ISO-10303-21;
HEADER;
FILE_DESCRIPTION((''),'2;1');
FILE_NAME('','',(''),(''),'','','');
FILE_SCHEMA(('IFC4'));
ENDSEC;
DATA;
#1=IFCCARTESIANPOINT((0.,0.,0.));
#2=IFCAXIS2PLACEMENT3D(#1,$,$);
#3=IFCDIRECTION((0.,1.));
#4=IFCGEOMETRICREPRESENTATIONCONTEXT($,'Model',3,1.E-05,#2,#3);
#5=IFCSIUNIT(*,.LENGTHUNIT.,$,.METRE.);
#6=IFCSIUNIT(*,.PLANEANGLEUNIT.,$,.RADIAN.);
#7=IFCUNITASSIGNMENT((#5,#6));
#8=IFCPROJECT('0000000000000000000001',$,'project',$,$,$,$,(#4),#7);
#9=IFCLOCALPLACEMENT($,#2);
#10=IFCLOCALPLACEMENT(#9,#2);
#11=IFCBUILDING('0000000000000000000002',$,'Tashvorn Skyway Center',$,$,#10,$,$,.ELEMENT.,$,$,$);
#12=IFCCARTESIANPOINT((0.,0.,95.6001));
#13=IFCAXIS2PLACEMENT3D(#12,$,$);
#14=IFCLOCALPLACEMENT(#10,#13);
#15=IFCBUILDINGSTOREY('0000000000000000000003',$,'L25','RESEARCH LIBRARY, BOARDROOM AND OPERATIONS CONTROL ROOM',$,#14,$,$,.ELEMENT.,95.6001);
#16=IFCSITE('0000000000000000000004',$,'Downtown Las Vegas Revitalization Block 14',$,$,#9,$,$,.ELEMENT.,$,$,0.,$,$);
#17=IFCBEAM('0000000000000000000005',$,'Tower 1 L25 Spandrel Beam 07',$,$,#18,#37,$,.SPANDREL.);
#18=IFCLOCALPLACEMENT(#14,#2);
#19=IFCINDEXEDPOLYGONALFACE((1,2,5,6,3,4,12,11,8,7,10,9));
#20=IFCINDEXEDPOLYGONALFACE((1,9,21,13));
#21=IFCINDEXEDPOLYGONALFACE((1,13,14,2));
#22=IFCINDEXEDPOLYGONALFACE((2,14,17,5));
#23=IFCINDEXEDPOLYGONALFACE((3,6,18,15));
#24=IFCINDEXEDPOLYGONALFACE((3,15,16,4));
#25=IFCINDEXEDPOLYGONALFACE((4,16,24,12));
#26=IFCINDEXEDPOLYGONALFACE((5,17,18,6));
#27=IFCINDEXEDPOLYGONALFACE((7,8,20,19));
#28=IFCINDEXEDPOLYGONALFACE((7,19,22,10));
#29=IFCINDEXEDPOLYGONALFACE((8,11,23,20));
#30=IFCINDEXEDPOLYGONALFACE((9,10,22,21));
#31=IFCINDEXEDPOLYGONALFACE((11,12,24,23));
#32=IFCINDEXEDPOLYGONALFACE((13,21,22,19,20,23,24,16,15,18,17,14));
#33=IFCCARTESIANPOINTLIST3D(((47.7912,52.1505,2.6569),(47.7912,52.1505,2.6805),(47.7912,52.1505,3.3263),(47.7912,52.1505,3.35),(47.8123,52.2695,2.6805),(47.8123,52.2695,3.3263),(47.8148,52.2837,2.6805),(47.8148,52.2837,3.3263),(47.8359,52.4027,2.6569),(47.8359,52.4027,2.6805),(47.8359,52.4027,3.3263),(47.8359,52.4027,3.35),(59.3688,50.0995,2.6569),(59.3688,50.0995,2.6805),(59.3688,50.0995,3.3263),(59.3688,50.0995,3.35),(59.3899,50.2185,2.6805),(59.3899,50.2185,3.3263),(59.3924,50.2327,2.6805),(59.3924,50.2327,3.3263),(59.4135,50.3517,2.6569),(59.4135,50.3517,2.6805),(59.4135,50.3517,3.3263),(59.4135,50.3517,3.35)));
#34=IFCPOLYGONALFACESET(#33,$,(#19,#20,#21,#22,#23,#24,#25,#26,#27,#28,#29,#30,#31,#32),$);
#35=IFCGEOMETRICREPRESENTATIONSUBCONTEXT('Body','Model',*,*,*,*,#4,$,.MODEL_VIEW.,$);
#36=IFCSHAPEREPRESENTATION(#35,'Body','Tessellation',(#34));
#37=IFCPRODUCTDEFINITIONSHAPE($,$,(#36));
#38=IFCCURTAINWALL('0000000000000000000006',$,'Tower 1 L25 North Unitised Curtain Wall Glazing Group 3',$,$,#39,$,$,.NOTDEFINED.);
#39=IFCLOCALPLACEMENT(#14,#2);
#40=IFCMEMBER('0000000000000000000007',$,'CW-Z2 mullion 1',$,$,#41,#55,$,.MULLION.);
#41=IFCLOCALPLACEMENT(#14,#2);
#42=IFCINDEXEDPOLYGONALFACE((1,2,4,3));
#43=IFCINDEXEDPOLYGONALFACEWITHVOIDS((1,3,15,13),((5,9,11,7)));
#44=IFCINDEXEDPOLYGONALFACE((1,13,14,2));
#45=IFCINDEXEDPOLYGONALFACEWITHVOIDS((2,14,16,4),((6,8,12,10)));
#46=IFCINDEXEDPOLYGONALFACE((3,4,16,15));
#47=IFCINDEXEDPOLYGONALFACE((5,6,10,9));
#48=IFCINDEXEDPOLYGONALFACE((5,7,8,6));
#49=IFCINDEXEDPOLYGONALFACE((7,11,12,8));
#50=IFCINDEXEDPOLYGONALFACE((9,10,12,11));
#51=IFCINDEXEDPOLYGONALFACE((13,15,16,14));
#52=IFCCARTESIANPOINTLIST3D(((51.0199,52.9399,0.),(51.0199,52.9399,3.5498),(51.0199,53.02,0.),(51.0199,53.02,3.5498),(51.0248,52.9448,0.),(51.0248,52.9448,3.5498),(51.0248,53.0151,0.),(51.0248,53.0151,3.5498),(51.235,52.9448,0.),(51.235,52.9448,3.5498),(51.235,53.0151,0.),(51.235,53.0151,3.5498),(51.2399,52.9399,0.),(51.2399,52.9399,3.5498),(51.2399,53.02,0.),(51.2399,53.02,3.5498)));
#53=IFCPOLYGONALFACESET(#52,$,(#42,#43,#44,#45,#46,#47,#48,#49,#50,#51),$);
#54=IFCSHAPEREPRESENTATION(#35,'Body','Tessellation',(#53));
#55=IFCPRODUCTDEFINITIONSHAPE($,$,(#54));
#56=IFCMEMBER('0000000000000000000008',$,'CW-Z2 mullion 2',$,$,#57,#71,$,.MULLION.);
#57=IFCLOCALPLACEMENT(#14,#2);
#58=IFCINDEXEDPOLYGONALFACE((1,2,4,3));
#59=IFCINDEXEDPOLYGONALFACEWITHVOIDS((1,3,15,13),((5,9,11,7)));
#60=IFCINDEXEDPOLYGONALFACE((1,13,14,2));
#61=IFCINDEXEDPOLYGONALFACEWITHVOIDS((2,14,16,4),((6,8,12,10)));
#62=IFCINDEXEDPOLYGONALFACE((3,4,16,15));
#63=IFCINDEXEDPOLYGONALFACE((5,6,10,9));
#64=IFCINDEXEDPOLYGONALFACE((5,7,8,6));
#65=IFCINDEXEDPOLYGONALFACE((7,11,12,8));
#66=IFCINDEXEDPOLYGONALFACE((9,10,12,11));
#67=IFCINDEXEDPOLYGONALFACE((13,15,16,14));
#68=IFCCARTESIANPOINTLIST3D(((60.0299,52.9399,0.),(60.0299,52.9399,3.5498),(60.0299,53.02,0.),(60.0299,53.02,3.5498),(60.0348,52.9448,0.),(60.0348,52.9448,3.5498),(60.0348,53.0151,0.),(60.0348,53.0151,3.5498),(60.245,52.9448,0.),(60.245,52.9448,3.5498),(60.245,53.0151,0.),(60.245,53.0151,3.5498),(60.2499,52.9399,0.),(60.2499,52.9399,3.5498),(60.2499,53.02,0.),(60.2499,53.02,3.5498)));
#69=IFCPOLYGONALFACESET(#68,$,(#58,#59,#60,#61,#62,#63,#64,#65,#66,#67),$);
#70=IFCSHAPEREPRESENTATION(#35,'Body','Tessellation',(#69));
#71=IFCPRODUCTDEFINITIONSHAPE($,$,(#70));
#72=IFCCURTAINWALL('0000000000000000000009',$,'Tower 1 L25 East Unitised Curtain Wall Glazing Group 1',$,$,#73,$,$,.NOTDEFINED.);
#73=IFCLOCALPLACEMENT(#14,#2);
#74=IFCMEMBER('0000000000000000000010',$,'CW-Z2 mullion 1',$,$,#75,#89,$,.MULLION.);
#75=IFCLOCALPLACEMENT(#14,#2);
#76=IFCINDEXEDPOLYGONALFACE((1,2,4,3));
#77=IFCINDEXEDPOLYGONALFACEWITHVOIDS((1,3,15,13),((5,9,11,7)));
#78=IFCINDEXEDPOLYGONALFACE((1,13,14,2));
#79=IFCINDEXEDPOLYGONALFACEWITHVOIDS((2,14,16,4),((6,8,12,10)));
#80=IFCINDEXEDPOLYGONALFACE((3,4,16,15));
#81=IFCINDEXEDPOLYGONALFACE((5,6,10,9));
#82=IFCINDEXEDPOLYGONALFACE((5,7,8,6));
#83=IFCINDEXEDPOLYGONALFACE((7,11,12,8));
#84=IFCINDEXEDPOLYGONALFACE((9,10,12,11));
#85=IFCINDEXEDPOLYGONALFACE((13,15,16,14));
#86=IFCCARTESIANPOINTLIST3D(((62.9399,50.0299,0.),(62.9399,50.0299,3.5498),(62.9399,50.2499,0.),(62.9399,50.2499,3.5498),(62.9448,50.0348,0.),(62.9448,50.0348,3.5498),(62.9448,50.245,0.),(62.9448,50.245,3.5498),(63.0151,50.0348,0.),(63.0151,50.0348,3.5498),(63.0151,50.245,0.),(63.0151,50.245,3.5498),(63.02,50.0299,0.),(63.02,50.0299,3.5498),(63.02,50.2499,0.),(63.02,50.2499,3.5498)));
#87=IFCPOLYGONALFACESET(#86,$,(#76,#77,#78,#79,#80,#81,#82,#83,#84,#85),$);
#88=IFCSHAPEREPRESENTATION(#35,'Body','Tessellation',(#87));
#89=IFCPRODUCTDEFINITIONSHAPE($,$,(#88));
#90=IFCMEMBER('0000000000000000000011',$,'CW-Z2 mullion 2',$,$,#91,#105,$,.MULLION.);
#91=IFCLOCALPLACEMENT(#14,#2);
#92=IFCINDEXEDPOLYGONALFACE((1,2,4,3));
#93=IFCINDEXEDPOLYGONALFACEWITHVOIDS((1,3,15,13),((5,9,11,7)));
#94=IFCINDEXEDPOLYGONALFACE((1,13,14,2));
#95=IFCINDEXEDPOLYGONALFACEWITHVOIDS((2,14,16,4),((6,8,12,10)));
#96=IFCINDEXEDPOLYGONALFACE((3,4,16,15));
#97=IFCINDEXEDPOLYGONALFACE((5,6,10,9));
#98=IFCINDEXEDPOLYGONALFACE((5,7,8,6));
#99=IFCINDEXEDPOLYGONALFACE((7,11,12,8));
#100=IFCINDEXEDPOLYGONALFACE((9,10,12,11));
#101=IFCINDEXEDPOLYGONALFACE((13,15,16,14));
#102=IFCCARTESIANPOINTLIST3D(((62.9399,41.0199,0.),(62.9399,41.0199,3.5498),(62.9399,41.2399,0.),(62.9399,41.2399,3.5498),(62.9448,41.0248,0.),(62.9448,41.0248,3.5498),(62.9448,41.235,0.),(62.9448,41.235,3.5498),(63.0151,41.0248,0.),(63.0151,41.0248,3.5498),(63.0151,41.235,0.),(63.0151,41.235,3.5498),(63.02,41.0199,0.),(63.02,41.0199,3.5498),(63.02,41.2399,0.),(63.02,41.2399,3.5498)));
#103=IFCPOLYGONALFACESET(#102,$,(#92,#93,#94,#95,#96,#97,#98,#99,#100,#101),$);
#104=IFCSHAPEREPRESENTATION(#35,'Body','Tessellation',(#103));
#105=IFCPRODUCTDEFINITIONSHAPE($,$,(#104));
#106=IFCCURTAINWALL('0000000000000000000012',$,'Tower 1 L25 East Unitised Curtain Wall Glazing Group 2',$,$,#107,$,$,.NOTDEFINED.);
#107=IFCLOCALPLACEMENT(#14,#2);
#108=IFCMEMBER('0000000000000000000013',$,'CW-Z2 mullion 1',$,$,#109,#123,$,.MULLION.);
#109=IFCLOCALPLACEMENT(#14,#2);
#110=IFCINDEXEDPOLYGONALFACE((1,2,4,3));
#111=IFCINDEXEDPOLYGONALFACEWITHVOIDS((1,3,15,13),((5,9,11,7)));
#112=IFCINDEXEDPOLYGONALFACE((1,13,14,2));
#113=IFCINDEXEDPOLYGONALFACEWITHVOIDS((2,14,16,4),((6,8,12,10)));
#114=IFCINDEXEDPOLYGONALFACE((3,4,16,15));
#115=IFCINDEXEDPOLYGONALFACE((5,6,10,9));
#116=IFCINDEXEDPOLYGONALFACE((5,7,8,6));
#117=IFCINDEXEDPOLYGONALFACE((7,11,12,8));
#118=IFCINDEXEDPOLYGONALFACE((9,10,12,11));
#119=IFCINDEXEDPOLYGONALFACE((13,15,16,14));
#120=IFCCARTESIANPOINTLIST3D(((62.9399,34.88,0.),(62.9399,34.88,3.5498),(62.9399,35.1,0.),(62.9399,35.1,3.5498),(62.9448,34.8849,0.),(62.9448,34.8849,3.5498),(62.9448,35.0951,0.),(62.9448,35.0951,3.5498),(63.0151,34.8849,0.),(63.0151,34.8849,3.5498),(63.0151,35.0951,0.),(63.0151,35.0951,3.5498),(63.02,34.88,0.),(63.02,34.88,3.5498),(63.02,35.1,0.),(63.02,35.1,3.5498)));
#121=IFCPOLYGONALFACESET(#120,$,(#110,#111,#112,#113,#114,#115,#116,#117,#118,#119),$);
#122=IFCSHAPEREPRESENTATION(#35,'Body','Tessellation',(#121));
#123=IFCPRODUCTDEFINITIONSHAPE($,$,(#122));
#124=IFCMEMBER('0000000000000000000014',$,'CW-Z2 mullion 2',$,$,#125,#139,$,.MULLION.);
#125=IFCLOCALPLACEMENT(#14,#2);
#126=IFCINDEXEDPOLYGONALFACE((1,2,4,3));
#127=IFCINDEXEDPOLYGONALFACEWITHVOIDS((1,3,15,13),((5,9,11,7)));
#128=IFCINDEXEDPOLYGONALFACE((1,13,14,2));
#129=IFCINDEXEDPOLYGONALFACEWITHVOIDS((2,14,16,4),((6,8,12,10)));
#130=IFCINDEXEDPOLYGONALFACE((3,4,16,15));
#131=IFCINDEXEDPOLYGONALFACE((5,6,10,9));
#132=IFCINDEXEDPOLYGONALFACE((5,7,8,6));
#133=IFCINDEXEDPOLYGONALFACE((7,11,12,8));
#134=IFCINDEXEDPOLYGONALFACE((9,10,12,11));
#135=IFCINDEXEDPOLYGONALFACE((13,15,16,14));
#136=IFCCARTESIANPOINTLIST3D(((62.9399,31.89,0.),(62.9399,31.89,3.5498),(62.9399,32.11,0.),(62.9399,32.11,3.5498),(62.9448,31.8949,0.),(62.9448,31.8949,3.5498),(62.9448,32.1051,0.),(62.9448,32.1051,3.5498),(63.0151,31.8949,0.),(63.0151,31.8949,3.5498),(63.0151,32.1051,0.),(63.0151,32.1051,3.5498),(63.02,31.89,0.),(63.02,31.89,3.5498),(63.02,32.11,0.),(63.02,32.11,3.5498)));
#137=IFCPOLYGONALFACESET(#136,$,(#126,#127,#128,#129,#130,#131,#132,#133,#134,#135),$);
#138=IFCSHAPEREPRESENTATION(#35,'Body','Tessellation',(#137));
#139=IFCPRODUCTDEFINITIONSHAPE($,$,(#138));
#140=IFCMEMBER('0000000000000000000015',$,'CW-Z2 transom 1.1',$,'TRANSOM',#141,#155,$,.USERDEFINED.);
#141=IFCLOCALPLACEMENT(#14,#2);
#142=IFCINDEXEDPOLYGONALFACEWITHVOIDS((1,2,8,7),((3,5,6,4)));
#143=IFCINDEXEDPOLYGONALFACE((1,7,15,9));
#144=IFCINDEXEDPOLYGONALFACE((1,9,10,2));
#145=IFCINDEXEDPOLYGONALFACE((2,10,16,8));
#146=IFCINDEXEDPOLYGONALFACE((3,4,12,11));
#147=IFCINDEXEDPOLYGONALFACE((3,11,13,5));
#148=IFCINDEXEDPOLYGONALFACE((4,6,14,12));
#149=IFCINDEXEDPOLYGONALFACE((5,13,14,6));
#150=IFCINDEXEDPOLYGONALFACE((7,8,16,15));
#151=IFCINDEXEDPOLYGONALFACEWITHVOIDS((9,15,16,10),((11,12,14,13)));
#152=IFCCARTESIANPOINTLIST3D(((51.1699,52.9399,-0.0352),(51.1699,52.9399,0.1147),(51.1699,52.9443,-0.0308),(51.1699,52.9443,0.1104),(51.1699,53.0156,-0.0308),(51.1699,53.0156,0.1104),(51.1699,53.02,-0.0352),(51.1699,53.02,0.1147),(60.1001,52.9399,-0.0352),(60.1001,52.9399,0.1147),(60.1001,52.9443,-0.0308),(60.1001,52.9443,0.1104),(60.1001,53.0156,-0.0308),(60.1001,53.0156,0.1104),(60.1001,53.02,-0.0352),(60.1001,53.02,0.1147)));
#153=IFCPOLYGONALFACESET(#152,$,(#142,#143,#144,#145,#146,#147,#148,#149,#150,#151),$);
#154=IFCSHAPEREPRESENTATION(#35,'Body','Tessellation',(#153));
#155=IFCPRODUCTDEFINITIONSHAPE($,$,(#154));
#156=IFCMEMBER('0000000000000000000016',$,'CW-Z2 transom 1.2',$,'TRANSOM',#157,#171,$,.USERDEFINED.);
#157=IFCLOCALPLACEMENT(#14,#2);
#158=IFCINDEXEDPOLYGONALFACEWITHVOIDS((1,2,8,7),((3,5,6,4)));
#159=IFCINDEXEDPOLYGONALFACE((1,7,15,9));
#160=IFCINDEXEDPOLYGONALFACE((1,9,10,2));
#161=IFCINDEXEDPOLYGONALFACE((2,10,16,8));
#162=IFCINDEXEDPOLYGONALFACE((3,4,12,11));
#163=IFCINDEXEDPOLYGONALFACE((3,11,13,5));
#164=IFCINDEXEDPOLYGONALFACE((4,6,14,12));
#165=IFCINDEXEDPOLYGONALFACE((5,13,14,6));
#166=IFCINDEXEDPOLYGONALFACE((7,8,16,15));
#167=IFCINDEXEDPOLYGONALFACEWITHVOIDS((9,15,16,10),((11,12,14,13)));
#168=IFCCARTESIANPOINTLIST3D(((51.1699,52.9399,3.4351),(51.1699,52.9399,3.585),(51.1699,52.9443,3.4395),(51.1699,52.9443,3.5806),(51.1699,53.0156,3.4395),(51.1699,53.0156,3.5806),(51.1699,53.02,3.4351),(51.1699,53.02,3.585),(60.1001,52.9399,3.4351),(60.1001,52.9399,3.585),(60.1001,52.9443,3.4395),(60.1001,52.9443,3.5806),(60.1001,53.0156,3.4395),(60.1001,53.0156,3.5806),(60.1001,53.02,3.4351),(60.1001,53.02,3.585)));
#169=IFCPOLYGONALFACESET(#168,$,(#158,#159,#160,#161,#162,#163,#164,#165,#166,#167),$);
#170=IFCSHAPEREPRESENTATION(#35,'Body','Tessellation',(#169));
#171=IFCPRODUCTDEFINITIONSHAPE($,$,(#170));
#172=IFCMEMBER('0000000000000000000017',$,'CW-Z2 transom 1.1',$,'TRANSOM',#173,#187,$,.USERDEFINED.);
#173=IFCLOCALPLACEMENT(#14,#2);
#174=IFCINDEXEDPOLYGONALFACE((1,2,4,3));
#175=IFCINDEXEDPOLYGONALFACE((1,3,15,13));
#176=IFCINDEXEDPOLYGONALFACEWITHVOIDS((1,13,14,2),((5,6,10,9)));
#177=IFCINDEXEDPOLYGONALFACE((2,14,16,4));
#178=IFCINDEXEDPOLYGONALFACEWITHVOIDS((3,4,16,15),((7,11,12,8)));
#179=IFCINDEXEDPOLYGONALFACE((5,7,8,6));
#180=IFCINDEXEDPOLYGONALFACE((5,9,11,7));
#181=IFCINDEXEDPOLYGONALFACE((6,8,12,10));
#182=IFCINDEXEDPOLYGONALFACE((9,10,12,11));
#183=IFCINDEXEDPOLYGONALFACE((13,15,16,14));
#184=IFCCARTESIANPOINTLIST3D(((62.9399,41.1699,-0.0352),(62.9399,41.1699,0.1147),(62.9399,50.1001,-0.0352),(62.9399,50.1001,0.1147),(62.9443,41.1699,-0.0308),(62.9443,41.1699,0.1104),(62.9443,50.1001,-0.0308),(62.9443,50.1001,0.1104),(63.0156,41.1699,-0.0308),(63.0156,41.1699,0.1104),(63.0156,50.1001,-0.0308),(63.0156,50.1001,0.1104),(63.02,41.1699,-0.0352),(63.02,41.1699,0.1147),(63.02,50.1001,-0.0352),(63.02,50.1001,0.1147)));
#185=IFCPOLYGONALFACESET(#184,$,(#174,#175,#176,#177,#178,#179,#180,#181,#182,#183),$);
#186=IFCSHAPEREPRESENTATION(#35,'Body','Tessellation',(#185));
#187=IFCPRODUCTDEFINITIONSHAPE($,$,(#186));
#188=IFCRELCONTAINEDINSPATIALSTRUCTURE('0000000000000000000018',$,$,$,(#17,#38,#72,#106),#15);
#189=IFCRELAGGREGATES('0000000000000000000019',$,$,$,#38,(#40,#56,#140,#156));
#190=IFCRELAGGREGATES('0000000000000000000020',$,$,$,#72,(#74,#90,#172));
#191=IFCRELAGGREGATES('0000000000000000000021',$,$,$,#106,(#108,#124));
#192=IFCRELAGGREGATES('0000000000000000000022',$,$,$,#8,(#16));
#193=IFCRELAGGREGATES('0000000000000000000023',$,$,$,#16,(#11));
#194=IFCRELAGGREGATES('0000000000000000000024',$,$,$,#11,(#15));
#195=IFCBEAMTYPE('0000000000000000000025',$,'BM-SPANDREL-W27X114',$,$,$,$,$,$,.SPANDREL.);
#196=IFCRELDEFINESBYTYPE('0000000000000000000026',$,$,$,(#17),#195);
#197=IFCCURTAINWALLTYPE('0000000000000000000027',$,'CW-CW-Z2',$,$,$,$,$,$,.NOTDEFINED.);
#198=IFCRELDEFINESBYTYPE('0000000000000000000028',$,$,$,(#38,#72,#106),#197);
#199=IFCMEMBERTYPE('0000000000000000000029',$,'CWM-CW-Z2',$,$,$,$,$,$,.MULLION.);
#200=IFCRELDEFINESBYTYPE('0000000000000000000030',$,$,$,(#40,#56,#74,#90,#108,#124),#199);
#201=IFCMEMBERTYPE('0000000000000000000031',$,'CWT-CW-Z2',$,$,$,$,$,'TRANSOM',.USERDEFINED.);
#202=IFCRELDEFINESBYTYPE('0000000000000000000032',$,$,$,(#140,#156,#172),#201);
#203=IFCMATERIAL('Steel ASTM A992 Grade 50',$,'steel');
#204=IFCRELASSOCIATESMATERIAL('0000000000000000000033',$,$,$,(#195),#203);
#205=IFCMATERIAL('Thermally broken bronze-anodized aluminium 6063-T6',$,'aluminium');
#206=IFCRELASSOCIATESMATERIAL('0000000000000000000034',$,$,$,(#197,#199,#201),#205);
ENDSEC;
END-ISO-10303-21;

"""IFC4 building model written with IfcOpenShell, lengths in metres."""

from ifc_helpers import new_model, si_unit, direction, frame, origin, origin_2d, place, context, subcontext, project, spatial, hollow_rectangle, i_section, extrude, material, material_profile, profile_set, type_object, element, aggregate, save


model = new_model("IFC4")

# Units and contexts
model_context = context("Model", 3, precision=1e-05, world=origin(), true_north=direction((0.0, 1.0)))
body_context = subcontext(model_context, "Body", "Model", "MODEL_VIEW")
ifc_project = project(units=[si_unit("LENGTHUNIT", "METRE"), si_unit("PLANEANGLEUNIT", "RADIAN")], contexts=[model_context])

# Site, building, storey
site_placement = place(None, origin())
site = spatial("IfcSite", under=ifc_project, at=site_placement, Name="Downtown Las Vegas Revitalization Block 14", CompositionType="ELEMENT", RefElevation=0.0)
building_placement = place(site_placement, origin())
building = spatial("IfcBuilding", under=site, at=building_placement, Name="Tashvorn Skyway Center", CompositionType="ELEMENT")
storey_placement = place(building_placement, frame((0.0, 0.0, 95.6001)))
storey = spatial("IfcBuildingStorey", under=building, at=storey_placement, Name="L25", Description="RESEARCH LIBRARY, BOARDROOM AND OPERATIONS CONTROL ROOM", CompositionType="ELEMENT", Elevation=95.6001)

# Beam
ifc_material_1 = material(Name="Steel ASTM A992 Grade 50", Category="steel")
ifc_material_profile_1 = material_profile(ifc_material_1, i_section(OverallWidth=0.2561, OverallDepth=0.6931, WebThickness=0.0144, FlangeThickness=0.0237, at=origin_2d()), Name="W27X114")
ifc_profile_set_1 = profile_set([ifc_material_profile_1], Name="Steel ASTM A992 Grade 50")
beam_type_1 = type_object("IfcBeamType", Name="BM-SPANDREL-W27X114", PredefinedType="SPANDREL", material=ifc_profile_set_1)
for number, where, z_axis, x_axis, name in (
    (1, (59.3911, 50.2256, 3.0034), (-0.984668, 0.174438, 0.0), (-0.174438, -0.984668, 0.0), "Tower 1 L25 Spandrel Beam 07"),
):
    element("IfcBeam", number, at=place(storey_placement, frame(where, z_axis=z_axis, x_axis=x_axis)), inside=storey, type_object=beam_type_1, Name=name, PredefinedType="SPANDREL", context=body_context, shape_type="SweptSolid", body=[
        extrude(i_section(OverallWidth=0.2561, OverallDepth=0.6931, WebThickness=0.0144, FlangeThickness=0.0237, at=origin_2d()), origin(), (0.0, 0.0, 1.0), 11.7578),
    ])

# Curtain walls, members
ifc_material_2 = material(Name="Thermally broken bronze-anodized aluminium 6063-T6", Category="aluminium")
curtain_wall_type = type_object("IfcCurtainWallType", Name="CW-CW-Z2", PredefinedType="NOTDEFINED", material=ifc_material_2)
curtain_wall_1_placement = place(storey_placement, origin())
curtain_wall_1 = element("IfcCurtainWall", 2, at=curtain_wall_1_placement, inside=storey, type_object=curtain_wall_type, Name="Tower 1 L25 North Unitised Curtain Wall Glazing Group 3", PredefinedType="NOTDEFINED")
ifc_material_profile_2 = material_profile(ifc_material_2, hollow_rectangle(XDim=0.0801, YDim=0.22, WallThickness=0.0049, at=origin_2d()), Name="ALU-MULL-80x220")
ifc_profile_set_2 = profile_set([ifc_material_profile_2], Name="Thermally broken bronze-anodized aluminium 6063-T6")
member_type_1 = type_object("IfcMemberType", Name="CWM-CW-Z2", PredefinedType="MULLION", material=ifc_profile_set_2)
member_1_placement = place(storey_placement, frame((51.1299, 52.98, 0.0), z_axis=(0.0, 0.0, 1.0), x_axis=(0.0, 1.0, 0.0)))
member_1 = element("IfcMember", 3, at=member_1_placement, type_object=member_type_1, Name="CW-Z2 mullion 1", PredefinedType="MULLION", context=body_context, shape_type="SweptSolid", body=[
    extrude(hollow_rectangle(XDim=0.0801, YDim=0.22, WallThickness=0.0049, at=origin_2d()), origin(), (0.0, 0.0, 1.0), 3.5498),
])
member_2_placement = place(storey_placement, frame((60.1399, 52.98, 0.0), z_axis=(0.0, 0.0, 1.0), x_axis=(0.0, 1.0, 0.0)))
member_2 = element("IfcMember", 4, at=member_2_placement, type_object=member_type_1, Name="CW-Z2 mullion 2", PredefinedType="MULLION", context=body_context, shape_type="SweptSolid", body=[
    extrude(hollow_rectangle(XDim=0.0801, YDim=0.22, WallThickness=0.0049, at=origin_2d()), origin(), (0.0, 0.0, 1.0), 3.5498),
])
curtain_wall_2_placement = place(storey_placement, origin())
curtain_wall_2 = element("IfcCurtainWall", 5, at=curtain_wall_2_placement, inside=storey, type_object=curtain_wall_type, Name="Tower 1 L25 East Unitised Curtain Wall Glazing Group 1", PredefinedType="NOTDEFINED")
member_3_placement = place(storey_placement, frame((62.98, 50.1399, 0.0), z_axis=(0.0, 0.0, 1.0), x_axis=(1.0, 0.0, 0.0)))
member_3 = element("IfcMember", 6, at=member_3_placement, type_object=member_type_1, Name="CW-Z2 mullion 1", PredefinedType="MULLION", context=body_context, shape_type="SweptSolid", body=[
    extrude(hollow_rectangle(XDim=0.0801, YDim=0.22, WallThickness=0.0049, at=origin_2d()), origin(), (0.0, 0.0, 1.0), 3.5498),
])
member_4_placement = place(storey_placement, frame((62.98, 41.1299, 0.0), z_axis=(0.0, 0.0, 1.0), x_axis=(1.0, 0.0, 0.0)))
member_4 = element("IfcMember", 7, at=member_4_placement, type_object=member_type_1, Name="CW-Z2 mullion 2", PredefinedType="MULLION", context=body_context, shape_type="SweptSolid", body=[
    extrude(hollow_rectangle(XDim=0.0801, YDim=0.22, WallThickness=0.0049, at=origin_2d()), origin(), (0.0, 0.0, 1.0), 3.5498),
])
curtain_wall_3_placement = place(storey_placement, origin())
curtain_wall_3 = element("IfcCurtainWall", 8, at=curtain_wall_3_placement, inside=storey, type_object=curtain_wall_type, Name="Tower 1 L25 East Unitised Curtain Wall Glazing Group 2", PredefinedType="NOTDEFINED")
member_5_placement = place(storey_placement, frame((62.98, 34.99, 0.0), z_axis=(0.0, 0.0, 1.0), x_axis=(1.0, 0.0, 0.0)))
member_5 = element("IfcMember", 9, at=member_5_placement, type_object=member_type_1, Name="CW-Z2 mullion 1", PredefinedType="MULLION", context=body_context, shape_type="SweptSolid", body=[
    extrude(hollow_rectangle(XDim=0.0801, YDim=0.22, WallThickness=0.0049, at=origin_2d()), origin(), (0.0, 0.0, 1.0), 3.5498),
])
member_6_placement = place(storey_placement, frame((62.98, 32.0, 0.0), z_axis=(0.0, 0.0, 1.0), x_axis=(1.0, 0.0, 0.0)))
member_6 = element("IfcMember", 10, at=member_6_placement, type_object=member_type_1, Name="CW-Z2 mullion 2", PredefinedType="MULLION", context=body_context, shape_type="SweptSolid", body=[
    extrude(hollow_rectangle(XDim=0.0801, YDim=0.22, WallThickness=0.0049, at=origin_2d()), origin(), (0.0, 0.0, 1.0), 3.5498),
])

# Members
ifc_material_profile_3 = material_profile(ifc_material_2, hollow_rectangle(XDim=0.0801, YDim=0.1499, WallThickness=0.0044, at=origin_2d()), Name="ALU-TRAN-80x150")
ifc_profile_set_3 = profile_set([ifc_material_profile_3], Name="Thermally broken bronze-anodized aluminium 6063-T6")
member_type_2 = type_object("IfcMemberType", Name="CWT-CW-Z2", ElementType="TRANSOM", PredefinedType="USERDEFINED", material=ifc_profile_set_3)
member_7_placement = place(storey_placement, frame((51.1699, 52.98, 0.0398), z_axis=(1.0, 0.0, 0.0), x_axis=(0.0, 1.0, 0.0)))
member_7 = element("IfcMember", 11, at=member_7_placement, type_object=member_type_2, Name="CW-Z2 transom 1.1", ObjectType="TRANSOM", PredefinedType="USERDEFINED", context=body_context, shape_type="SweptSolid", body=[
    extrude(hollow_rectangle(XDim=0.0801, YDim=0.1499, WallThickness=0.0044, at=origin_2d()), origin(), (0.0, 0.0, 1.0), 8.9302),
])
member_8_placement = place(storey_placement, frame((51.1699, 52.98, 3.51), z_axis=(1.0, 0.0, 0.0), x_axis=(0.0, 1.0, 0.0)))
member_8 = element("IfcMember", 12, at=member_8_placement, type_object=member_type_2, Name="CW-Z2 transom 1.2", ObjectType="TRANSOM", PredefinedType="USERDEFINED", context=body_context, shape_type="SweptSolid", body=[
    extrude(hollow_rectangle(XDim=0.0801, YDim=0.1499, WallThickness=0.0044, at=origin_2d()), origin(), (0.0, 0.0, 1.0), 8.9302),
])
member_9_placement = place(storey_placement, frame((62.98, 50.1001, 0.0398), z_axis=(0.0, -1.0, 0.0), x_axis=(1.0, 0.0, 0.0)))
member_9 = element("IfcMember", 13, at=member_9_placement, type_object=member_type_2, Name="CW-Z2 transom 1.1", ObjectType="TRANSOM", PredefinedType="USERDEFINED", context=body_context, shape_type="SweptSolid", body=[
    extrude(hollow_rectangle(XDim=0.0801, YDim=0.1499, WallThickness=0.0044, at=origin_2d()), origin(), (0.0, 0.0, 1.0), 8.9302),
])

aggregate(curtain_wall_1, [member_1, member_2, member_7, member_8])
aggregate(curtain_wall_2, [member_3, member_4, member_9])
aggregate(curtain_wall_3, [member_5, member_6])

save(model, "model.ifc")
